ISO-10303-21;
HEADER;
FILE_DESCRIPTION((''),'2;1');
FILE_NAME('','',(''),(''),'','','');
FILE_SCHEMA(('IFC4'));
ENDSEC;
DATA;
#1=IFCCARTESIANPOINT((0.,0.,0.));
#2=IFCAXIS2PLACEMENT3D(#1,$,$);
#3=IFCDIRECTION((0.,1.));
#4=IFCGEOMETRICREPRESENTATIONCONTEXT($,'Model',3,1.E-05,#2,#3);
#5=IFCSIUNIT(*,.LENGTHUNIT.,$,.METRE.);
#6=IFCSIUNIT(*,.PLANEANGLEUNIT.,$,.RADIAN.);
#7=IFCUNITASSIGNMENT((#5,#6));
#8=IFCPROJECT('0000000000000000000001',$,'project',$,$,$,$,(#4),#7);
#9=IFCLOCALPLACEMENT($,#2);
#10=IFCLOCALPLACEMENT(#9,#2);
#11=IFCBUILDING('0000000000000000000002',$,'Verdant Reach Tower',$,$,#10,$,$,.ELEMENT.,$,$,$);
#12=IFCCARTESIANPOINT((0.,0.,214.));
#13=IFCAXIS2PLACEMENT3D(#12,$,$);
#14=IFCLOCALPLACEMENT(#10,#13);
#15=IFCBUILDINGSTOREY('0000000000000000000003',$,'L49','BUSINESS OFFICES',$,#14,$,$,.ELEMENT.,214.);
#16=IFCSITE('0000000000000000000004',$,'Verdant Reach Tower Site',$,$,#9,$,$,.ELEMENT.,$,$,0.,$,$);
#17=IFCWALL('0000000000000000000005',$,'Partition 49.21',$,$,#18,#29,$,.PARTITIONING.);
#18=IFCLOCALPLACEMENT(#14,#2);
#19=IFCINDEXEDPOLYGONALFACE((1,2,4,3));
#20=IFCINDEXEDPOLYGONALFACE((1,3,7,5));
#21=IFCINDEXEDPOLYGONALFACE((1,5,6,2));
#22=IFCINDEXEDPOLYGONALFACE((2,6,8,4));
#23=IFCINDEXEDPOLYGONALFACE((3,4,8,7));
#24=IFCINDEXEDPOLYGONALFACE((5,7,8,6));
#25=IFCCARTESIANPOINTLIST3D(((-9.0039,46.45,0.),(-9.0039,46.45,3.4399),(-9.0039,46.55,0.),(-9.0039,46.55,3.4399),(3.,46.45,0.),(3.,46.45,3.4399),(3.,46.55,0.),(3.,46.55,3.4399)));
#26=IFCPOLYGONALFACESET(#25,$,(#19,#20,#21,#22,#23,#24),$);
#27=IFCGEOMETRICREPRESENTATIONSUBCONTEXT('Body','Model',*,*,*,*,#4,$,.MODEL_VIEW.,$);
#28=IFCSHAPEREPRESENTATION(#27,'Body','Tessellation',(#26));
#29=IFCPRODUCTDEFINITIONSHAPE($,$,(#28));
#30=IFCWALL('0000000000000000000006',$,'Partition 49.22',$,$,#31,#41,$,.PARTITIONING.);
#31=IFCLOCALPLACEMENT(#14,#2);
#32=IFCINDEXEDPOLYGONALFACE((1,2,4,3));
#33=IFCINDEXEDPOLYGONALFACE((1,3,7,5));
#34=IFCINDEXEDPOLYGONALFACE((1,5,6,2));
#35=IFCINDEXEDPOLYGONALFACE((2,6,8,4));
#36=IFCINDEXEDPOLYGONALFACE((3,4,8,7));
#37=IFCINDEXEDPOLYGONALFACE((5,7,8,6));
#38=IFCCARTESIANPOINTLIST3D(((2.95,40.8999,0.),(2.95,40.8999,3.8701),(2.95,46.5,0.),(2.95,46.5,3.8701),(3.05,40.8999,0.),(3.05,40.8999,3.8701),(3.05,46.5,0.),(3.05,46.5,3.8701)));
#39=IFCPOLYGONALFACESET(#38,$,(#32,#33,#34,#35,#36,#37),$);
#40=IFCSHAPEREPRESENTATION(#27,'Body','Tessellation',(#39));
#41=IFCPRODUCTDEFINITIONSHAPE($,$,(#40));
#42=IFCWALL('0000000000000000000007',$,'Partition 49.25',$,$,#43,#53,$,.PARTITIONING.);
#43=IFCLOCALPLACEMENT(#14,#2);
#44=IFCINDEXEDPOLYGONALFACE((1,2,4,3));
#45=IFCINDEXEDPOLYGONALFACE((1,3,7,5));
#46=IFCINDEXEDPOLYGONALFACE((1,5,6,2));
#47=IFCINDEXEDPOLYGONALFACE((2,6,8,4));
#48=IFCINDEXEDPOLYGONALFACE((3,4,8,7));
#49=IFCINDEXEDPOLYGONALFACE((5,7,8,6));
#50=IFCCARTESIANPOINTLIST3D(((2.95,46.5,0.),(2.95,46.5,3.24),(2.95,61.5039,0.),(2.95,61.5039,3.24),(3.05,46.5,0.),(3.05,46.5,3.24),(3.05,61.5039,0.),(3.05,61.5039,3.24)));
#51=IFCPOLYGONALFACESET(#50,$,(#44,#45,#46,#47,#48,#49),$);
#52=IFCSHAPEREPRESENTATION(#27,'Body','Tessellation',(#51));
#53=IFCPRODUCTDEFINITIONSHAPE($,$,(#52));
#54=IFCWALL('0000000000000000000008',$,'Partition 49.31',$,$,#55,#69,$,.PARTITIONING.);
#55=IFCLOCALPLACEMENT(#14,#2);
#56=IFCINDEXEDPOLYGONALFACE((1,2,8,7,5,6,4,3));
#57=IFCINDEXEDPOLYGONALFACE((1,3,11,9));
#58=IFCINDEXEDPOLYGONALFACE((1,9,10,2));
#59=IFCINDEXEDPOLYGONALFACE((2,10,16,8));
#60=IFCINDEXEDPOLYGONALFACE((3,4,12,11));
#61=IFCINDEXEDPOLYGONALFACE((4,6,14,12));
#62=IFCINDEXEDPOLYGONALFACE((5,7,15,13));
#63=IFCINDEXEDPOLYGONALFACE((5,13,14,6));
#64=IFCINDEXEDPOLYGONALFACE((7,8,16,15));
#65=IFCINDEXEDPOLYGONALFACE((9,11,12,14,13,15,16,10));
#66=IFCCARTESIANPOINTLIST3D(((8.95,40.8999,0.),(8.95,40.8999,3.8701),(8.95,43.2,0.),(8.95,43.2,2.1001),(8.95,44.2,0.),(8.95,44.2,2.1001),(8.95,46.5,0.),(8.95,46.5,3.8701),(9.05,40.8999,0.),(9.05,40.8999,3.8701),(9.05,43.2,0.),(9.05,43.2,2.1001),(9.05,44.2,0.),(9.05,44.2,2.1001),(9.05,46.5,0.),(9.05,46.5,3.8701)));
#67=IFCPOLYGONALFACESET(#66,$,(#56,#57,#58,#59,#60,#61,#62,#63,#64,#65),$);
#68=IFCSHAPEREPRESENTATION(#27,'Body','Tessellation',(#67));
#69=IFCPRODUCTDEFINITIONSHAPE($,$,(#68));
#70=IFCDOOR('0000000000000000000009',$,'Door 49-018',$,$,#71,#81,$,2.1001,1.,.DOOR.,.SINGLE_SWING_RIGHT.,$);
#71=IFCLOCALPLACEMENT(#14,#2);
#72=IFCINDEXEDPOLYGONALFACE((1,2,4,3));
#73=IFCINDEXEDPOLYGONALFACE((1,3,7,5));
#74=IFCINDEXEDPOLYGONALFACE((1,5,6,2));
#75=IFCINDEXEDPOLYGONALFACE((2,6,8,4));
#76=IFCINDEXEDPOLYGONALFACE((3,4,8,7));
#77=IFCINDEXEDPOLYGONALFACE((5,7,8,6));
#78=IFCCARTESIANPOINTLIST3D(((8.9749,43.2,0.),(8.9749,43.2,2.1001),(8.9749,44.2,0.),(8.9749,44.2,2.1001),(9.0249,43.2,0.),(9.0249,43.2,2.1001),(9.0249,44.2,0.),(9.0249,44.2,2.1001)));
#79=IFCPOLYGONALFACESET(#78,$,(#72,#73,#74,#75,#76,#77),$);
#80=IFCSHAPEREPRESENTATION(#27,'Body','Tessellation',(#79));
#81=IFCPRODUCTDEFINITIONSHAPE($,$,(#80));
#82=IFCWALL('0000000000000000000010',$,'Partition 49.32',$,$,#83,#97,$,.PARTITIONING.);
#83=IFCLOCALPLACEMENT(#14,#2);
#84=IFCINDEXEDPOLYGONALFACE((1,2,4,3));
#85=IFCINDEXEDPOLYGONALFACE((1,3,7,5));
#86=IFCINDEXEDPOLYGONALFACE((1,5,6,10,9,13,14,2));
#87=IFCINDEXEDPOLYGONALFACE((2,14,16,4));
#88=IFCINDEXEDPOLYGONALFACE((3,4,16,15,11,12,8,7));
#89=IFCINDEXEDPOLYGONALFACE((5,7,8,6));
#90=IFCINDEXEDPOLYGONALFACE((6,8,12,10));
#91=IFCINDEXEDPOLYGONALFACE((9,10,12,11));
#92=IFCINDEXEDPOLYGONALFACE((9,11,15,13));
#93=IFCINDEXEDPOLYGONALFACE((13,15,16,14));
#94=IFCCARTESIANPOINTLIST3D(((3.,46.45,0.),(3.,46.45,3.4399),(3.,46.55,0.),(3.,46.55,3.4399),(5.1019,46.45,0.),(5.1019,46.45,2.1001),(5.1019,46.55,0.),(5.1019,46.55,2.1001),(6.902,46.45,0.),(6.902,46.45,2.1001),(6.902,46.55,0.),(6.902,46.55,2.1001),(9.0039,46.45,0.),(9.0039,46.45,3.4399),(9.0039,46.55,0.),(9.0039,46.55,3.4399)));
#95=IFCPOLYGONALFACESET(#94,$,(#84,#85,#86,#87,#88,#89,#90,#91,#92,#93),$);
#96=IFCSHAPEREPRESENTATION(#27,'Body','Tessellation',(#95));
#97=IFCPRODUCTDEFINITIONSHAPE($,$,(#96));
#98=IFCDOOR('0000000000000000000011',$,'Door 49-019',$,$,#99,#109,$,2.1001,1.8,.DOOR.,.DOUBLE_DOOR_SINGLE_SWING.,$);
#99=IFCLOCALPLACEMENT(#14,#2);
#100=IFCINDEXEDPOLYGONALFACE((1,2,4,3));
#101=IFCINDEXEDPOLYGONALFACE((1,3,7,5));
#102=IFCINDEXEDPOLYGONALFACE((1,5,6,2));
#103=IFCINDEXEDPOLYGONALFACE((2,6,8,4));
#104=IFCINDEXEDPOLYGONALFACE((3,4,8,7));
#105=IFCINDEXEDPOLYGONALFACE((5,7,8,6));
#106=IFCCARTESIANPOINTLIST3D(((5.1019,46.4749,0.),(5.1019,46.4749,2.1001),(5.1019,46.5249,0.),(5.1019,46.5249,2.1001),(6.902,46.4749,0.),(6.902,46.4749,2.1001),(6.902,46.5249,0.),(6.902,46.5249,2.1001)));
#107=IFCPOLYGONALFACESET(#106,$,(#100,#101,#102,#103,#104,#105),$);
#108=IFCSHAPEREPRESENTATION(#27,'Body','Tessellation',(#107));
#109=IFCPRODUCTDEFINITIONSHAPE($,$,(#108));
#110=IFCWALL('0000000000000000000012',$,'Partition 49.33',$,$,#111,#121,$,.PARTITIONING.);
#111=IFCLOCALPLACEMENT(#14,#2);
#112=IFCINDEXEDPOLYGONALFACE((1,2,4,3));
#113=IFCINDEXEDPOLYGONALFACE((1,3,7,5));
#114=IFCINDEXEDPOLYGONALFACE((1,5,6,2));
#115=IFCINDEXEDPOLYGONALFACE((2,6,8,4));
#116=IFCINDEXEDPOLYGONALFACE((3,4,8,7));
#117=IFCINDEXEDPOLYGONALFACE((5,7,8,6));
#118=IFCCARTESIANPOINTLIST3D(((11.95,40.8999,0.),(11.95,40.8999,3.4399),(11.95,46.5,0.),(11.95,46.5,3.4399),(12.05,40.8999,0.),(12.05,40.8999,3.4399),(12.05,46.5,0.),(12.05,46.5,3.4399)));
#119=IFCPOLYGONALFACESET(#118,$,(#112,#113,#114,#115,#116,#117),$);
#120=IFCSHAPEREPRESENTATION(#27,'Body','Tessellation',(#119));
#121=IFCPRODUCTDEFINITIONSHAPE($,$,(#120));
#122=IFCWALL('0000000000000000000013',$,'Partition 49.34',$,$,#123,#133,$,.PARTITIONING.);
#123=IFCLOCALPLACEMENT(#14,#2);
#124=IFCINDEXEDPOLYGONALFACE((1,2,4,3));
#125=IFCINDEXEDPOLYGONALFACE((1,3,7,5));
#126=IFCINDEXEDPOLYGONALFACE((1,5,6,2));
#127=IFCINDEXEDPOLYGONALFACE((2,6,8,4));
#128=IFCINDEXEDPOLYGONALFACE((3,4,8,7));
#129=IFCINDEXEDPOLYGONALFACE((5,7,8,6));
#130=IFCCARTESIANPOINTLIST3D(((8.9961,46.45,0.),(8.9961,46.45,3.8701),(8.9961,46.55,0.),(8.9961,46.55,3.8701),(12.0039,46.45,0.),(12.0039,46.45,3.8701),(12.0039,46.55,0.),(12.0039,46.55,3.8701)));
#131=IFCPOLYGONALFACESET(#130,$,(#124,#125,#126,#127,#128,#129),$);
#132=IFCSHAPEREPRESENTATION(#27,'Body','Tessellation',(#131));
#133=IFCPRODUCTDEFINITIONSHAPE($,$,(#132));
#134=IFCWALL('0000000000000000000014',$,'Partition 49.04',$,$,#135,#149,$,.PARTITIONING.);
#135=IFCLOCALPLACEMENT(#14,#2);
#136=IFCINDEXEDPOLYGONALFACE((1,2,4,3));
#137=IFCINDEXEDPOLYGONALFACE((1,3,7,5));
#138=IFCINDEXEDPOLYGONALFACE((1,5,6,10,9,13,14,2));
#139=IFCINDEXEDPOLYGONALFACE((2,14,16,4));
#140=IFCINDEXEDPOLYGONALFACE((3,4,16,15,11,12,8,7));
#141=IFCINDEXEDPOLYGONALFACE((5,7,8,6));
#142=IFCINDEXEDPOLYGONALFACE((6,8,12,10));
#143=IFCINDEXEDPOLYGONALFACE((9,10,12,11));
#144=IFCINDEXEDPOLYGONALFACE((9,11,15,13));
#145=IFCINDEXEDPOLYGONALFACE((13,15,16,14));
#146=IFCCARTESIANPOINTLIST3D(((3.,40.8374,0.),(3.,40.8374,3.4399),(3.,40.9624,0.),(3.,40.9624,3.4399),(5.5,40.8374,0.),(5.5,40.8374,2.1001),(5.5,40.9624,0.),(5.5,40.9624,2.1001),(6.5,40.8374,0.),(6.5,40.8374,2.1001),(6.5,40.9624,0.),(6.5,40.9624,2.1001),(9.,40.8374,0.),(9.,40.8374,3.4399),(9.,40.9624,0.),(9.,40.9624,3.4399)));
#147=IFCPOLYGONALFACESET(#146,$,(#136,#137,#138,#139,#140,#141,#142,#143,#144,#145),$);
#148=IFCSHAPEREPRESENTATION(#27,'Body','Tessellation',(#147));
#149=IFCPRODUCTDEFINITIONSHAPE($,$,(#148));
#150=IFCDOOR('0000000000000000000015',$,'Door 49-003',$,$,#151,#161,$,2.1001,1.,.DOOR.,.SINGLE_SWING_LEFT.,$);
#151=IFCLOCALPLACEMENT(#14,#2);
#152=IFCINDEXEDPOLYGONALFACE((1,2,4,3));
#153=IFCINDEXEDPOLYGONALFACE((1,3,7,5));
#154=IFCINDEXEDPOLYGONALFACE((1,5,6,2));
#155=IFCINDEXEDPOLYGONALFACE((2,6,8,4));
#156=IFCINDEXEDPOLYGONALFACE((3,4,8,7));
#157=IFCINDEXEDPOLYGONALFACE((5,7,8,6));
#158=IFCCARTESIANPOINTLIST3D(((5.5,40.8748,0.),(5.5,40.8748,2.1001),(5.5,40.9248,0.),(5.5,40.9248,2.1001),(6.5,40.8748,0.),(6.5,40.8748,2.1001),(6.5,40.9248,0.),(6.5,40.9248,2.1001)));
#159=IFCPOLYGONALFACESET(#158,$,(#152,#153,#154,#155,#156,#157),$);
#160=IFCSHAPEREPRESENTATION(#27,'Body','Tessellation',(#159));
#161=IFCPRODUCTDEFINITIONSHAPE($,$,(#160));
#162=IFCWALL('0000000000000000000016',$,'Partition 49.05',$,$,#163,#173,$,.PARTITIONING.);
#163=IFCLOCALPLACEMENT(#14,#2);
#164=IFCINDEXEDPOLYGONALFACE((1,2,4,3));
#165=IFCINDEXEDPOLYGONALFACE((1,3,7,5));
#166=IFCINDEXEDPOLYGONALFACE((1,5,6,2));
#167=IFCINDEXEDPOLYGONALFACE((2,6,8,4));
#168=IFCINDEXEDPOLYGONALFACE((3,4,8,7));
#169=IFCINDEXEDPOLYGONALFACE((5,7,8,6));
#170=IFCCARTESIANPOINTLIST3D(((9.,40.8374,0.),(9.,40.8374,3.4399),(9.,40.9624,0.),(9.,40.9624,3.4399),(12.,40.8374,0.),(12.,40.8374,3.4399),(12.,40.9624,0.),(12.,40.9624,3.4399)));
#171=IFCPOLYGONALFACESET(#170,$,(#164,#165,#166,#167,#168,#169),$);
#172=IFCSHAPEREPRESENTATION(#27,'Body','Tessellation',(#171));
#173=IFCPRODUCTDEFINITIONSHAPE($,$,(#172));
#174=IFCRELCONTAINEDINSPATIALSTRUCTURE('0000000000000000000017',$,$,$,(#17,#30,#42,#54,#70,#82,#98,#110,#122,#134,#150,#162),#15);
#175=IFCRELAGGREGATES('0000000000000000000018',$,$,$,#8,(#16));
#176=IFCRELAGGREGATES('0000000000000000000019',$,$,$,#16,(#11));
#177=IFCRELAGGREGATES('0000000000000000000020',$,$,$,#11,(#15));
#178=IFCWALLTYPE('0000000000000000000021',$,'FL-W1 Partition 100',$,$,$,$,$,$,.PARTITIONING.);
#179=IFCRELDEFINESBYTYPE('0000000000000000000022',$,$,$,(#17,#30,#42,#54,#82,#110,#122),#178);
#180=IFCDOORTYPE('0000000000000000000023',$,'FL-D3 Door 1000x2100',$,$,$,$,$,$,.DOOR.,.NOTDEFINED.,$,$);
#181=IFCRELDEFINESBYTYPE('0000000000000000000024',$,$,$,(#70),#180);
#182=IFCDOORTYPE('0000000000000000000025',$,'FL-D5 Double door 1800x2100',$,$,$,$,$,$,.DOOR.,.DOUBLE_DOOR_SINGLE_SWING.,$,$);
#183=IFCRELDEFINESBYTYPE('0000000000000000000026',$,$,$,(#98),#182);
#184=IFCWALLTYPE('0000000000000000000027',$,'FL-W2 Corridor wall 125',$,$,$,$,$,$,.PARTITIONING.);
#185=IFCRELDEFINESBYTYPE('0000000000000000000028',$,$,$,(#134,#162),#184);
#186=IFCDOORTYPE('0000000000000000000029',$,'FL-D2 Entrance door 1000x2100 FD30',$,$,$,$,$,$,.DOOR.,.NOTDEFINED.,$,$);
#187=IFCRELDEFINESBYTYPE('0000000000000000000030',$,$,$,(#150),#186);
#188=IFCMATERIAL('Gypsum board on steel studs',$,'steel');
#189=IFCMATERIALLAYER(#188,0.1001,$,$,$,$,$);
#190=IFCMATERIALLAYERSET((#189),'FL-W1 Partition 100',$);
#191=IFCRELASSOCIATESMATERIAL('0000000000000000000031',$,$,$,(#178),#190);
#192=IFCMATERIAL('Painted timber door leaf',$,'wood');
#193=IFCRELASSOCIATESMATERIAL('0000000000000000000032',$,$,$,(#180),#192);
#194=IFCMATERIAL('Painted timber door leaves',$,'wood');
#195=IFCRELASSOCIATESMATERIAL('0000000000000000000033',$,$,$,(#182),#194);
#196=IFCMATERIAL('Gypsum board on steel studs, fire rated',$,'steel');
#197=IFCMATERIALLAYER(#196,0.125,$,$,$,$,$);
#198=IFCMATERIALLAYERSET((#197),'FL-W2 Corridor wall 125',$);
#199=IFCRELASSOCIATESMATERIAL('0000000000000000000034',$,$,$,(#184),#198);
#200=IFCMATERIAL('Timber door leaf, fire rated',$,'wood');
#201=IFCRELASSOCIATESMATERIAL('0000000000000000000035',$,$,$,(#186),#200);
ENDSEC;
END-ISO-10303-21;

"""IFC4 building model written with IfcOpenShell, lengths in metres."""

from ifc_helpers import new_model, si_unit, direction, frame, frame_2d, origin, place, context, subcontext, project, spatial, rectangle, extrude, material, layer, layer_set, type_object, element, fill, save


model = new_model("IFC4")

# Units and contexts
model_context = context("Model", 3, precision=1e-05, world=origin(), true_north=direction((0.0, 1.0)))
body_context = subcontext(model_context, "Body", "Model", "MODEL_VIEW")
ifc_project = project(units=[si_unit("LENGTHUNIT", "METRE"), si_unit("PLANEANGLEUNIT", "RADIAN")], contexts=[model_context])

# Site, building, storey
site_placement = place(None, origin())
site = spatial("IfcSite", under=ifc_project, at=site_placement, Name="Verdant Reach Tower Site", CompositionType="ELEMENT", RefElevation=0.0)
building_placement = place(site_placement, origin())
building = spatial("IfcBuilding", under=site, at=building_placement, Name="Verdant Reach Tower", CompositionType="ELEMENT")
storey_placement = place(building_placement, frame((0.0, 0.0, 214.0)))
storey = spatial("IfcBuildingStorey", under=building, at=storey_placement, Name="L49", Description="BUSINESS OFFICES", CompositionType="ELEMENT", Elevation=214.0)

# Walls
ifc_material_1 = material(Name="Gypsum board on steel studs", Category="steel")
ifc_layer_1 = layer(ifc_material_1, 0.1001)
ifc_layer_set_1 = layer_set([ifc_layer_1], Name="FL-W1 Partition 100")
wall_type_1 = type_object("IfcWallType", Name="FL-W1 Partition 100", PredefinedType="PARTITIONING", material=ifc_layer_set_1)
wall_1_placement = place(storey_placement, frame((3.0, 46.5, 0.0), z_axis=(0.0, 0.0, 1.0), x_axis=(-1.0, 0.0, 0.0)))
element("IfcWall", 1, at=wall_1_placement, inside=storey, type_object=wall_type_1, Name="Partition 49.21", PredefinedType="PARTITIONING", context=body_context, shape_type="SweptSolid", body=[
    extrude(rectangle(XDim=12.0039, YDim=0.1001, at=frame_2d((6.002, 0.0))), origin(), (0.0, 0.0, 1.0), 3.4399),
])
wall_2_placement = place(storey_placement, frame((3.0, 40.8999, 0.0), z_axis=(0.0, 0.0, 1.0), x_axis=(0.0, 1.0, 0.0)))
element("IfcWall", 2, at=wall_2_placement, inside=storey, type_object=wall_type_1, Name="Partition 49.22", PredefinedType="PARTITIONING", context=body_context, shape_type="SweptSolid", body=[
    extrude(rectangle(XDim=5.6001, YDim=0.1001, at=frame_2d((2.8, 0.0))), origin(), (0.0, 0.0, 1.0), 3.8701),
])
wall_3_placement = place(storey_placement, frame((3.0, 46.5, 0.0), z_axis=(0.0, 0.0, 1.0), x_axis=(0.0, 1.0, 0.0)))
element("IfcWall", 3, at=wall_3_placement, inside=storey, type_object=wall_type_1, Name="Partition 49.25", PredefinedType="PARTITIONING", context=body_context, shape_type="SweptSolid", body=[
    extrude(rectangle(XDim=15.0039, YDim=0.1001, at=frame_2d((7.502, 0.0))), origin(), (0.0, 0.0, 1.0), 3.24),
])

# Walls, openings, doors
wall_4_placement = place(storey_placement, frame((9.0, 46.5, 0.0), z_axis=(0.0, 0.0, 1.0), x_axis=(0.0, -1.0, 0.0)))
wall_4 = element("IfcWall", 4, at=wall_4_placement, inside=storey, type_object=wall_type_1, Name="Partition 49.31", PredefinedType="PARTITIONING", context=body_context, shape_type="SweptSolid", body=[
    extrude(rectangle(XDim=5.6001, YDim=0.1001, at=frame_2d((2.8, 0.0))), origin(), (0.0, 0.0, 1.0), 3.8701),
])
opening_1_placement = place(wall_4_placement, frame((2.3, 0.0, 0.0)))
opening_1 = element("IfcOpeningElement", 5, at=opening_1_placement, cuts=wall_4, PredefinedType="OPENING", context=body_context, shape_type="SweptSolid", body=[
    extrude(rectangle(XDim=1.0, YDim=2.1001, at=frame_2d((0.5, 1.05))), frame((0.0, 0.0601, 0.0), z_axis=(0.0, -1.0, 0.0), x_axis=(1.0, 0.0, 0.0)), (0.0, 0.0, 1.0), 0.1201),
])
ifc_material_2 = material(Name="Painted timber door leaf", Category="wood")
door_type_1 = type_object("IfcDoorType", Name="FL-D3 Door 1000x2100", OperationType="NOTDEFINED", PredefinedType="DOOR", material=ifc_material_2)
door_1_placement = place(opening_1_placement, origin())
door_1 = element("IfcDoor", 6, at=door_1_placement, inside=storey, type_object=door_type_1, Name="Door 49-018", OperationType="SINGLE_SWING_RIGHT", OverallHeight=2.1001, OverallWidth=1.0, PredefinedType="DOOR", context=body_context, shape_type="SweptSolid", body=[
    extrude(rectangle(XDim=1.0, YDim=2.1001, at=frame_2d((0.5, 1.05))), frame((0.0, 0.0249, 0.0), z_axis=(0.0, -1.0, 0.0), x_axis=(1.0, 0.0, 0.0)), (0.0, 0.0, 1.0), 0.05),
])
fill(opening_1, door_1)
wall_5_placement = place(storey_placement, frame((3.0, 46.5, 0.0), z_axis=(0.0, 0.0, 1.0), x_axis=(1.0, 0.0, 0.0)))
wall_5 = element("IfcWall", 7, at=wall_5_placement, inside=storey, type_object=wall_type_1, Name="Partition 49.32", PredefinedType="PARTITIONING", context=body_context, shape_type="SweptSolid", body=[
    extrude(rectangle(XDim=6.0039, YDim=0.1001, at=frame_2d((3.002, 0.0))), origin(), (0.0, 0.0, 1.0), 3.4399),
])
opening_2_placement = place(wall_5_placement, frame((2.1021, 0.0, 0.0)))
opening_2 = element("IfcOpeningElement", 8, at=opening_2_placement, cuts=wall_5, PredefinedType="OPENING", context=body_context, shape_type="SweptSolid", body=[
    extrude(rectangle(XDim=1.8, YDim=2.1001, at=frame_2d((0.8999, 1.05))), frame((0.0, 0.0601, 0.0), z_axis=(0.0, -1.0, 0.0), x_axis=(1.0, 0.0, 0.0)), (0.0, 0.0, 1.0), 0.1201),
])
ifc_material_3 = material(Name="Painted timber door leaves", Category="wood")
door_type_2 = type_object("IfcDoorType", Name="FL-D5 Double door 1800x2100", OperationType="DOUBLE_DOOR_SINGLE_SWING", PredefinedType="DOOR", material=ifc_material_3)
door_2_placement = place(opening_2_placement, origin())
door_2 = element("IfcDoor", 9, at=door_2_placement, inside=storey, type_object=door_type_2, Name="Door 49-019", OperationType="DOUBLE_DOOR_SINGLE_SWING", OverallHeight=2.1001, OverallWidth=1.8, PredefinedType="DOOR", context=body_context, shape_type="SweptSolid", body=[
    extrude(rectangle(XDim=1.8, YDim=2.1001, at=frame_2d((0.8999, 1.05))), frame((0.0, 0.0249, 0.0), z_axis=(0.0, -1.0, 0.0), x_axis=(1.0, 0.0, 0.0)), (0.0, 0.0, 1.0), 0.05),
])
fill(opening_2, door_2)

# Walls
wall_6_placement = place(storey_placement, frame((12.0, 40.8999, 0.0), z_axis=(0.0, 0.0, 1.0), x_axis=(0.0, 1.0, 0.0)))
element("IfcWall", 10, at=wall_6_placement, inside=storey, type_object=wall_type_1, Name="Partition 49.33", PredefinedType="PARTITIONING", context=body_context, shape_type="SweptSolid", body=[
    extrude(rectangle(XDim=5.6001, YDim=0.1001, at=frame_2d((2.8, 0.0))), origin(), (0.0, 0.0, 1.0), 3.4399),
])
wall_7_placement = place(storey_placement, frame((12.0039, 46.5, 0.0), z_axis=(0.0, 0.0, 1.0), x_axis=(-1.0, 0.0, 0.0)))
element("IfcWall", 11, at=wall_7_placement, inside=storey, type_object=wall_type_1, Name="Partition 49.34", PredefinedType="PARTITIONING", context=body_context, shape_type="SweptSolid", body=[
    extrude(rectangle(XDim=3.0078, YDim=0.1001, at=frame_2d((1.5039, 0.0))), origin(), (0.0, 0.0, 1.0), 3.8701),
])

# Wall, opening, door
ifc_material_4 = material(Name="Gypsum board on steel studs, fire rated", Category="steel")
ifc_layer_2 = layer(ifc_material_4, 0.125)
ifc_layer_set_2 = layer_set([ifc_layer_2], Name="FL-W2 Corridor wall 125")
wall_type_2 = type_object("IfcWallType", Name="FL-W2 Corridor wall 125", PredefinedType="PARTITIONING", material=ifc_layer_set_2)
wall_8_placement = place(storey_placement, frame((3.0, 40.8999, 0.0), z_axis=(0.0, 0.0, 1.0), x_axis=(1.0, 0.0, 0.0)))
wall_8 = element("IfcWall", 12, at=wall_8_placement, inside=storey, type_object=wall_type_2, Name="Partition 49.04", PredefinedType="PARTITIONING", context=body_context, shape_type="SweptSolid", body=[
    extrude(rectangle(XDim=6.0, YDim=0.125, at=frame_2d((3.0, 0.0))), origin(), (0.0, 0.0, 1.0), 3.4399),
])
opening_3_placement = place(wall_8_placement, frame((2.5, 0.0, 0.0)))
opening_3 = element("IfcOpeningElement", 13, at=opening_3_placement, cuts=wall_8, PredefinedType="OPENING", context=body_context, shape_type="SweptSolid", body=[
    extrude(rectangle(XDim=1.0, YDim=2.1001, at=frame_2d((0.5, 1.05))), frame((0.0, 0.0725, 0.0), z_axis=(0.0, -1.0, 0.0), x_axis=(1.0, 0.0, 0.0)), (0.0, 0.0, 1.0), 0.145),
])
ifc_material_5 = material(Name="Timber door leaf, fire rated", Category="wood")
door_type_3 = type_object("IfcDoorType", Name="FL-D2 Entrance door 1000x2100 FD30", OperationType="NOTDEFINED", PredefinedType="DOOR", material=ifc_material_5)
door_3_placement = place(opening_3_placement, origin())
door_3 = element("IfcDoor", 14, at=door_3_placement, inside=storey, type_object=door_type_3, Name="Door 49-003", OperationType="SINGLE_SWING_LEFT", OverallHeight=2.1001, OverallWidth=1.0, PredefinedType="DOOR", context=body_context, shape_type="SweptSolid", body=[
    extrude(rectangle(XDim=1.0, YDim=2.1001, at=frame_2d((0.5, 1.05))), frame((0.0, 0.0249, 0.0), z_axis=(0.0, -1.0, 0.0), x_axis=(1.0, 0.0, 0.0)), (0.0, 0.0, 1.0), 0.05),
])
fill(opening_3, door_3)

# Wall
wall_9_placement = place(storey_placement, frame((12.0, 40.8999, 0.0), z_axis=(0.0, 0.0, 1.0), x_axis=(-1.0, 0.0, 0.0)))
element("IfcWall", 15, at=wall_9_placement, inside=storey, type_object=wall_type_2, Name="Partition 49.05", PredefinedType="PARTITIONING", context=body_context, shape_type="SweptSolid", body=[
    extrude(rectangle(XDim=3.0, YDim=0.125, at=frame_2d((1.5, 0.0))), origin(), (0.0, 0.0, 1.0), 3.4399),
])

save(model, "model.ifc")
